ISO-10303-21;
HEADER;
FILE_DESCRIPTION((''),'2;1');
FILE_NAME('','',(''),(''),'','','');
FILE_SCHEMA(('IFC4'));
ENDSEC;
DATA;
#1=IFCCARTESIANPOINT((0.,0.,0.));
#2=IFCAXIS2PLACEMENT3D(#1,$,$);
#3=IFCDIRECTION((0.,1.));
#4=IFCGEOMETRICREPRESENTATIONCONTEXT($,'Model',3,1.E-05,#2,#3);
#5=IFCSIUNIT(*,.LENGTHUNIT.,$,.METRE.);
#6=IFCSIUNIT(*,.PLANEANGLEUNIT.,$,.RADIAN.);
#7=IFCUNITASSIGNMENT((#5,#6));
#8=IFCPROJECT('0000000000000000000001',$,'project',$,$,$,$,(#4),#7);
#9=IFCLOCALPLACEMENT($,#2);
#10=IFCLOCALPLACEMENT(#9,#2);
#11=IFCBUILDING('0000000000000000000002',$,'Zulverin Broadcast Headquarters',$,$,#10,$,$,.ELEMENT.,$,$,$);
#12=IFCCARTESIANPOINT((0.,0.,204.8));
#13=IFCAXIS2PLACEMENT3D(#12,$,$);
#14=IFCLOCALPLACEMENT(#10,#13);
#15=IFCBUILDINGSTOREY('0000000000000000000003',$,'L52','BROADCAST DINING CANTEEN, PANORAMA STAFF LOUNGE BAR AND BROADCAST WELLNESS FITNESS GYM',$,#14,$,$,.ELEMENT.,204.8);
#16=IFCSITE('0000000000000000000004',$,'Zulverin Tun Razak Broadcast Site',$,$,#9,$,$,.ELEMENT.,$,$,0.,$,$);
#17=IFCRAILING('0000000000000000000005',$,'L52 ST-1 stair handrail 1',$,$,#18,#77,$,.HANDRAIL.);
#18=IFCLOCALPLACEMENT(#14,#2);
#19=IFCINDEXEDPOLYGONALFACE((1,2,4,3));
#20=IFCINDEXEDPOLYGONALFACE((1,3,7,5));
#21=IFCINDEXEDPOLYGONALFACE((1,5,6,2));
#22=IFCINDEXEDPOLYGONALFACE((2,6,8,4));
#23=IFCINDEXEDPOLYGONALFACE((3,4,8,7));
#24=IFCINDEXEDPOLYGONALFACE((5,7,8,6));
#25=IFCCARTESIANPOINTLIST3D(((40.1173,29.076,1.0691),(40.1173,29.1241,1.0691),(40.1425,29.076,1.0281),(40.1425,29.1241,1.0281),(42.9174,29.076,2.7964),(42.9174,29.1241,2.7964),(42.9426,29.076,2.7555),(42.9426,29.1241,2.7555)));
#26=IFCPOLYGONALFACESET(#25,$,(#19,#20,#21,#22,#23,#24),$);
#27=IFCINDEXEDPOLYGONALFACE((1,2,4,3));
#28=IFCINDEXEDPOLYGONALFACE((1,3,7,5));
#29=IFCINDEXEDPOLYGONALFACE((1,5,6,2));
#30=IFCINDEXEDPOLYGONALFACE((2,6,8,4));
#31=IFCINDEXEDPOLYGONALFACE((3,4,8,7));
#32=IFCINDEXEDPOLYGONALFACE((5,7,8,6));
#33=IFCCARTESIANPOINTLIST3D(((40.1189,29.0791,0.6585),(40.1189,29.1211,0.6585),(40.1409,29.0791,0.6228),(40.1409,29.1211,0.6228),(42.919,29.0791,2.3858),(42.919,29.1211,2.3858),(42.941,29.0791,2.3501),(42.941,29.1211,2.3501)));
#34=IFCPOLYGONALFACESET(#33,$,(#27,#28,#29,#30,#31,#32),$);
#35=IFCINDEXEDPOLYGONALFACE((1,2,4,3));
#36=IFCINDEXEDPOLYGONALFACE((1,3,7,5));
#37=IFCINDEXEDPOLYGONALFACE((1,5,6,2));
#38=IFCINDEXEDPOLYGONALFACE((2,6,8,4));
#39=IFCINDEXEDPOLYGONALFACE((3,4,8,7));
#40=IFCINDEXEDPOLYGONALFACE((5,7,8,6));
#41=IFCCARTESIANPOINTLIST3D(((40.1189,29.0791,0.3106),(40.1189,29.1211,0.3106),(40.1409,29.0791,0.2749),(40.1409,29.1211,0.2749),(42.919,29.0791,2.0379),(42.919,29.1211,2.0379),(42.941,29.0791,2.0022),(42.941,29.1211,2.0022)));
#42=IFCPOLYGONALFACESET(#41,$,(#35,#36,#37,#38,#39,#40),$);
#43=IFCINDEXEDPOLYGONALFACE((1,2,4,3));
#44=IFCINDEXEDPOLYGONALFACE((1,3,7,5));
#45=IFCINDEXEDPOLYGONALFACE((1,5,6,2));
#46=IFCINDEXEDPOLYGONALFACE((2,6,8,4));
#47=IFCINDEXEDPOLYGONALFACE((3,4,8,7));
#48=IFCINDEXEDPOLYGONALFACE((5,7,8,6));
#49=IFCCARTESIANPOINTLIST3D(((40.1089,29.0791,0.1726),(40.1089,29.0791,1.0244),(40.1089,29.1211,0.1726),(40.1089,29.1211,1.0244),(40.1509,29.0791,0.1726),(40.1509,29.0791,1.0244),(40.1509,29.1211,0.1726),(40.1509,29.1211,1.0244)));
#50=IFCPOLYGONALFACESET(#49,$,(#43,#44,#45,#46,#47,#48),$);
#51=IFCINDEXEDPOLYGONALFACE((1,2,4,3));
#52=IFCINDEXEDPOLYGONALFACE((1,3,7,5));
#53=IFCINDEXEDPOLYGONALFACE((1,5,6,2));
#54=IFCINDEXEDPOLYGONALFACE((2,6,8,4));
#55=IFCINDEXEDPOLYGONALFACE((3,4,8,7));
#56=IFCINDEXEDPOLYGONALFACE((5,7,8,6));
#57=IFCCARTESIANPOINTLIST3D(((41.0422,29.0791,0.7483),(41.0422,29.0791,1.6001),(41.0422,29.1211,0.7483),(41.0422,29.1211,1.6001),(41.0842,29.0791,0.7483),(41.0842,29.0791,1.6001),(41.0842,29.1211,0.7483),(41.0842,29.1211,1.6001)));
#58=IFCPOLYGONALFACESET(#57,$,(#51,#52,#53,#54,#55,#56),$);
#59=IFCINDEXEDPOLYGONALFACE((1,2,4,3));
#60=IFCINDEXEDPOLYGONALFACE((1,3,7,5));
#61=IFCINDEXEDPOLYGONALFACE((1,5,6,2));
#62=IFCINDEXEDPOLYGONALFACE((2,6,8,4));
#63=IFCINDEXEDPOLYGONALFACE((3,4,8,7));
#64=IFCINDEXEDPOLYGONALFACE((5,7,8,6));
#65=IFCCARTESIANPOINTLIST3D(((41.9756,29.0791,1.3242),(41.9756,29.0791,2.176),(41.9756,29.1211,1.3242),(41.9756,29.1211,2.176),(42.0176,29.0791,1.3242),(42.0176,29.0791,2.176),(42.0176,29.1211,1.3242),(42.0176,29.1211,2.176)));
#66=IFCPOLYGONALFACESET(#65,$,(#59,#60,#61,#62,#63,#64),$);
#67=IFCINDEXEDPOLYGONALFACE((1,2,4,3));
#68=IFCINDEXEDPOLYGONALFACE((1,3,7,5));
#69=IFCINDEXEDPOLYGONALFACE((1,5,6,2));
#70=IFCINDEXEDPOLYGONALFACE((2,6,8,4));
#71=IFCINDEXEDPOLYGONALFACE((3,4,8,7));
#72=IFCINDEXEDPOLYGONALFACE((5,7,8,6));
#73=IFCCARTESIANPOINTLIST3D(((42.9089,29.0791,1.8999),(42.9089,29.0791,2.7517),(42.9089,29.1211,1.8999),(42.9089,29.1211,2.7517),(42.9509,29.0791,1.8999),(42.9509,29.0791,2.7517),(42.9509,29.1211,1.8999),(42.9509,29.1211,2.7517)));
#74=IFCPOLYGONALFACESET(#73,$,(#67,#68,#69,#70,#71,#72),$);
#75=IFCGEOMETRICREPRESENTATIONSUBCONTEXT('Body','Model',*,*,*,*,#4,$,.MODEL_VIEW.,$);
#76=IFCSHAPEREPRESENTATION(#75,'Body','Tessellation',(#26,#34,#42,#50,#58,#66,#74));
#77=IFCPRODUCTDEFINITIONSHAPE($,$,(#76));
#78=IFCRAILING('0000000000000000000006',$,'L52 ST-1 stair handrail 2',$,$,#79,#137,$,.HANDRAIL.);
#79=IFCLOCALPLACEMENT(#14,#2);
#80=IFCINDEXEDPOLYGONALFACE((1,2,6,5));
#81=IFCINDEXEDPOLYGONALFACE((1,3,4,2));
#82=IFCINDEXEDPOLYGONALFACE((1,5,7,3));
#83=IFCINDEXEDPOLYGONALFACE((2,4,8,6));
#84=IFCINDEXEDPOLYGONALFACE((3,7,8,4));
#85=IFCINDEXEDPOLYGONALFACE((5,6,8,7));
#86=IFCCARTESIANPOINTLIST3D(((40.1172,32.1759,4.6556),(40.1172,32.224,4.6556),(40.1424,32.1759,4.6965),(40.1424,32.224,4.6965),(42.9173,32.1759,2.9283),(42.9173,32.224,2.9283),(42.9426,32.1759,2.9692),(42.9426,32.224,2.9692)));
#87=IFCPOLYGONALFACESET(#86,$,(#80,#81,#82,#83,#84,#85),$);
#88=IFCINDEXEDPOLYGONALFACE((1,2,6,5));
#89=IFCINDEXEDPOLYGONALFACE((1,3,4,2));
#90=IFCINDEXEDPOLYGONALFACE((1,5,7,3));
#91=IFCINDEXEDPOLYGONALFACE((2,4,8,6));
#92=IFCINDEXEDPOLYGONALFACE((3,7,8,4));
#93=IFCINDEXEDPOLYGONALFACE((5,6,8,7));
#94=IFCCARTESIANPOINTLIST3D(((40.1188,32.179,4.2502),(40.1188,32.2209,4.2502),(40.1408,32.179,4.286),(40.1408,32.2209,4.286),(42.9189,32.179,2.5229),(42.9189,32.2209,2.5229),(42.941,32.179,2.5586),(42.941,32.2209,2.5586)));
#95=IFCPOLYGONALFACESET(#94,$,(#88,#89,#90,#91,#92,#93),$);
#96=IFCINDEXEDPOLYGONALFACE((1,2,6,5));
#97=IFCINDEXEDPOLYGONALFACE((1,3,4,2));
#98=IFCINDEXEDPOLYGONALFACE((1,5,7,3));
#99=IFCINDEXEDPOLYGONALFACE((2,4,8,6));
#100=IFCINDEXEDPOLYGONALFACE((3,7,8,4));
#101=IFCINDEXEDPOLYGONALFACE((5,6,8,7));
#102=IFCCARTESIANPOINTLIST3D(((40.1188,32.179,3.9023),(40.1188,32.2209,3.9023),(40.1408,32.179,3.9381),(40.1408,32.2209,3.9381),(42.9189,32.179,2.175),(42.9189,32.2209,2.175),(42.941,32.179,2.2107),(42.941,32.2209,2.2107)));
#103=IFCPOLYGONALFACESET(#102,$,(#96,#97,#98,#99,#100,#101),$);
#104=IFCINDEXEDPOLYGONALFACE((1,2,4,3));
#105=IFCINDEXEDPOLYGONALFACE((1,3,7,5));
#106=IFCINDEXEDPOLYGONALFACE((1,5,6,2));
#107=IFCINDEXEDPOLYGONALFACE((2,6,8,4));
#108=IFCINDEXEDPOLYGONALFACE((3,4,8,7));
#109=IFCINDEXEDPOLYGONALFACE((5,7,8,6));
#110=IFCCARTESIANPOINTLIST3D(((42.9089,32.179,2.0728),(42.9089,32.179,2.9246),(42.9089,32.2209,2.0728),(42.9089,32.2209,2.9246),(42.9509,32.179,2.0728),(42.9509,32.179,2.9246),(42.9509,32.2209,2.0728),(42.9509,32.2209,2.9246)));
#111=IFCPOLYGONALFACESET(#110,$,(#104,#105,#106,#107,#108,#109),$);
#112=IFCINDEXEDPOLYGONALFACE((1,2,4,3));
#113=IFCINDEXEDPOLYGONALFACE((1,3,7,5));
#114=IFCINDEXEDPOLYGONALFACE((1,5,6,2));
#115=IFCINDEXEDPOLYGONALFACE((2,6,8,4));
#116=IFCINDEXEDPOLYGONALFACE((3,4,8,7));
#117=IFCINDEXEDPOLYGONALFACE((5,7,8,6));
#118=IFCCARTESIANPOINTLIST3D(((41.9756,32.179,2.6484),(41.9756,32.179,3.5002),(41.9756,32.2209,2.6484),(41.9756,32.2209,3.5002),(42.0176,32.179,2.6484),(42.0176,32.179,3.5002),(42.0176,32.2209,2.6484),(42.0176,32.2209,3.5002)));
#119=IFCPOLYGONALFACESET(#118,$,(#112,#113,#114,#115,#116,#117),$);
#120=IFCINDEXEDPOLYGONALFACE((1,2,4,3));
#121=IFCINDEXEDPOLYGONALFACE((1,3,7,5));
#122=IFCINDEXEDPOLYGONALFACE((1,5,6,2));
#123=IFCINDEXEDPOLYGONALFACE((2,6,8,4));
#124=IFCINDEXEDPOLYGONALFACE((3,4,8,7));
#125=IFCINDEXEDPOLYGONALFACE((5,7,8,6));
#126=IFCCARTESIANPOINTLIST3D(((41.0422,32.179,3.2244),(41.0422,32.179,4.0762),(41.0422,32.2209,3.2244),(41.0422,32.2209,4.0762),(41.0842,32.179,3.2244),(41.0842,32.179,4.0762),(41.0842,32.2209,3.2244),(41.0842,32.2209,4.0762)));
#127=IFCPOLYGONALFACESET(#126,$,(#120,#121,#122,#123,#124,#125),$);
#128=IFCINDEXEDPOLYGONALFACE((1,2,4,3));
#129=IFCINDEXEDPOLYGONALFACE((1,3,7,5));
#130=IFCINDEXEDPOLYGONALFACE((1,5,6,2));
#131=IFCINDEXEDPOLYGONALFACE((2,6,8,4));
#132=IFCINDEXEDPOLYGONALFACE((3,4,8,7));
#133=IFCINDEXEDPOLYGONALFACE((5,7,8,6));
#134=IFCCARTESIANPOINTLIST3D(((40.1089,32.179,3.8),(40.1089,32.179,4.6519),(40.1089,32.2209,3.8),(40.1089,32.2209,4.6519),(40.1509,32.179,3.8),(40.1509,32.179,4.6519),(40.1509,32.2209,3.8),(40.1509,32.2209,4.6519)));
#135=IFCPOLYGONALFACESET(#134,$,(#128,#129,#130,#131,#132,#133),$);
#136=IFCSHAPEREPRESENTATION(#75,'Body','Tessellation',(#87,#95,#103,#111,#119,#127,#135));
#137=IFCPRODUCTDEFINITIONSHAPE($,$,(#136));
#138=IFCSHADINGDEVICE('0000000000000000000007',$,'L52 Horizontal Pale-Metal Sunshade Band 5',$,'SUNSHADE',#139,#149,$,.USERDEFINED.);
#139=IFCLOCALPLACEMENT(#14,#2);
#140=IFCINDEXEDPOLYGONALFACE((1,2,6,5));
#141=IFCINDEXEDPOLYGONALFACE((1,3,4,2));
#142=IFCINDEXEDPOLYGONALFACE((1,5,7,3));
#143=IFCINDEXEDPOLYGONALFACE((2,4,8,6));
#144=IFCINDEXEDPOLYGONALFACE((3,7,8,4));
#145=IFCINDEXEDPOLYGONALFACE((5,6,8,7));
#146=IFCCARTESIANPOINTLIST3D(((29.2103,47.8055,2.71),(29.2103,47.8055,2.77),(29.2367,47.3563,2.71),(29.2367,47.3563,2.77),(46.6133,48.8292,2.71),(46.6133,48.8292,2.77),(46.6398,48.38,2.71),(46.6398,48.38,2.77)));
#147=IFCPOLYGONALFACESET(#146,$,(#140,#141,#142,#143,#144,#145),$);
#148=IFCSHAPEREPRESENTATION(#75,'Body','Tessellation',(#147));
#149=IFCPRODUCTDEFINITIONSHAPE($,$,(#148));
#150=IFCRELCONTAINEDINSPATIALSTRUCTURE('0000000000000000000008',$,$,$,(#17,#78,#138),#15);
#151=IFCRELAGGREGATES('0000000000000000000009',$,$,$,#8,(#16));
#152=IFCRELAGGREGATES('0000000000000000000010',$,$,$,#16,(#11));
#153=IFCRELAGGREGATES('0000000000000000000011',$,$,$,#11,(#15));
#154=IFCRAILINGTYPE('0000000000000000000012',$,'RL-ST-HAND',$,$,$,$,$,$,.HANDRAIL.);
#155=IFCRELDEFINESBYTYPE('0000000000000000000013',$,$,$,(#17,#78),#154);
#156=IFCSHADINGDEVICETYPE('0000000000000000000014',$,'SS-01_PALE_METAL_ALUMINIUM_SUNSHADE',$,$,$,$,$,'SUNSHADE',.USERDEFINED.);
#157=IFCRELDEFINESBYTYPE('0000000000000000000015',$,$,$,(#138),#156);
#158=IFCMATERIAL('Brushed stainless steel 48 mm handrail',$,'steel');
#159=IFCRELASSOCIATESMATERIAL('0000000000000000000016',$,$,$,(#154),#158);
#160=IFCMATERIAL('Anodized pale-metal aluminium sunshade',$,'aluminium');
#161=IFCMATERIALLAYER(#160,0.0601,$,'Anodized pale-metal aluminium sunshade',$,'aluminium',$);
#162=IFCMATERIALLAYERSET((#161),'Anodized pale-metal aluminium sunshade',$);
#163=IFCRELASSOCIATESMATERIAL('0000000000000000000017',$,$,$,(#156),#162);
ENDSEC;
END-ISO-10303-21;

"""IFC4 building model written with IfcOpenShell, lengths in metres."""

from ifc_helpers import new_model, si_unit, direction, frame, origin, origin_2d, place, context, subcontext, project, spatial, rectangle, extrude, material, layer, layer_set, type_object, element, save


model = new_model("IFC4")

# Units and contexts
model_context = context("Model", 3, precision=1e-05, world=origin(), true_north=direction((0.0, 1.0)))
body_context = subcontext(model_context, "Body", "Model", "MODEL_VIEW")
ifc_project = project(units=[si_unit("LENGTHUNIT", "METRE"), si_unit("PLANEANGLEUNIT", "RADIAN")], contexts=[model_context])

# Site, building, storey
site_placement = place(None, origin())
site = spatial("IfcSite", under=ifc_project, at=site_placement, Name="Zulverin Tun Razak Broadcast Site", CompositionType="ELEMENT", RefElevation=0.0)
building_placement = place(site_placement, origin())
building = spatial("IfcBuilding", under=site, at=building_placement, Name="Zulverin Broadcast Headquarters", CompositionType="ELEMENT")
storey_placement = place(building_placement, frame((0.0, 0.0, 204.8)))
storey = spatial("IfcBuildingStorey", under=building, at=storey_placement, Name="L52", Description="BROADCAST DINING CANTEEN, PANORAMA STAFF LOUNGE BAR AND BROADCAST WELLNESS FITNESS GYM", CompositionType="ELEMENT", Elevation=204.8)

# Railings
ifc_material_1 = material(Name="Brushed stainless steel 48 mm handrail", Category="steel")
railing_type_1 = type_object("IfcRailingType", Name="RL-ST-HAND", PredefinedType="HANDRAIL", material=ifc_material_1)
railing_1_placement = place(storey_placement, frame((40.1299, 29.1001, 0.1726)))
element("IfcRailing", 1, at=railing_1_placement, inside=storey, type_object=railing_type_1, Name="L52 ST-1 stair handrail 1", PredefinedType="HANDRAIL", context=body_context, shape_type="SweptSolid", body=[
    extrude(rectangle(XDim=0.0481, YDim=0.0481, at=origin_2d()), frame((0.0, 0.0, 0.876), z_axis=(0.85109, 0.0, 0.52502), x_axis=(0.0, 1.0, 0.0)), (0.0, 0.0, 1.0), 3.29),
    extrude(rectangle(XDim=0.042, YDim=0.042, at=origin_2d()), frame((0.0, 0.0, 0.468), z_axis=(0.85109, 0.0, 0.52502), x_axis=(0.0, 1.0, 0.0)), (0.0, 0.0, 1.0), 3.29),
    extrude(rectangle(XDim=0.042, YDim=0.042, at=origin_2d()), frame((0.0, 0.0, 0.1201), z_axis=(0.85109, 0.0, 0.52502), x_axis=(0.0, 1.0, 0.0)), (0.0, 0.0, 1.0), 3.29),
    extrude(rectangle(XDim=0.042, YDim=0.042, at=origin_2d()), origin(), (0.0, 0.0, 1.0), 0.8518),
    extrude(rectangle(XDim=0.042, YDim=0.042, at=origin_2d()), frame((0.9333, 0.0, 0.5757)), (0.0, 0.0, 1.0), 0.8518),
    extrude(rectangle(XDim=0.042, YDim=0.042, at=origin_2d()), frame((1.8667, 0.0, 1.1516)), (0.0, 0.0, 1.0), 0.8518),
    extrude(rectangle(XDim=0.042, YDim=0.042, at=origin_2d()), frame((2.8, 0.0, 1.7273)), (0.0, 0.0, 1.0), 0.8518),
])
railing_2_placement = place(storey_placement, frame((42.9299, 32.2, 2.0728)))
element("IfcRailing", 2, at=railing_2_placement, inside=storey, type_object=railing_type_1, Name="L52 ST-1 stair handrail 2", PredefinedType="HANDRAIL", context=body_context, shape_type="SweptSolid", body=[
    extrude(rectangle(XDim=0.0481, YDim=0.0481, at=origin_2d()), frame((0.0, 0.0, 0.876), z_axis=(-0.85109, 0.0, 0.52502), x_axis=(0.0, -1.0, 0.0)), (0.0, 0.0, 1.0), 3.29),
    extrude(rectangle(XDim=0.042, YDim=0.042, at=origin_2d()), frame((0.0, 0.0, 0.468), z_axis=(-0.85109, 0.0, 0.52502), x_axis=(0.0, -1.0, 0.0)), (0.0, 0.0, 1.0), 3.29),
    extrude(rectangle(XDim=0.042, YDim=0.042, at=origin_2d()), frame((0.0, 0.0, 0.1201), z_axis=(-0.85109, 0.0, 0.52502), x_axis=(0.0, -1.0, 0.0)), (0.0, 0.0, 1.0), 3.29),
    extrude(rectangle(XDim=0.042, YDim=0.042, at=origin_2d()), origin(), (0.0, 0.0, 1.0), 0.8518),
    extrude(rectangle(XDim=0.042, YDim=0.042, at=origin_2d()), frame((-0.9333, 0.0, 0.5757)), (0.0, 0.0, 1.0), 0.8518),
    extrude(rectangle(XDim=0.042, YDim=0.042, at=origin_2d()), frame((-1.8667, 0.0, 1.1516)), (0.0, 0.0, 1.0), 0.8518),
    extrude(rectangle(XDim=0.042, YDim=0.042, at=origin_2d()), frame((-2.8, 0.0, 1.7273)), (0.0, 0.0, 1.0), 0.8518),
])

# Shading device
ifc_material_2 = material(Name="Anodized pale-metal aluminium sunshade", Category="aluminium")
ifc_layer_1 = layer(ifc_material_2, 0.0601, Name="Anodized pale-metal aluminium sunshade", Category="aluminium")
ifc_layer_set_1 = layer_set([ifc_layer_1], Name="Anodized pale-metal aluminium sunshade")
shading_device_type = type_object("IfcShadingDeviceType", Name="SS-01_PALE_METAL_ALUMINIUM_SUNSHADE", ElementType="SUNSHADE", PredefinedType="USERDEFINED", material=ifc_layer_set_1)
shading_device_placement = place(storey_placement, frame((37.925, 48.0928, 2.71), z_axis=(0.0, 0.0, 1.0), x_axis=(-0.998274, -0.058723, 0.0)))
element("IfcShadingDevice", 3, at=shading_device_placement, inside=storey, type_object=shading_device_type, Name="L52 Horizontal Pale-Metal Sunshade Band 5", ObjectType="SUNSHADE", PredefinedType="USERDEFINED", context=body_context, shape_type="SweptSolid", body=[
    extrude(rectangle(XDim=17.4331, YDim=0.45, at=origin_2d()), origin(), (0.0, 0.0, 1.0), 0.0601),
])

save(model, "model.ifc")
